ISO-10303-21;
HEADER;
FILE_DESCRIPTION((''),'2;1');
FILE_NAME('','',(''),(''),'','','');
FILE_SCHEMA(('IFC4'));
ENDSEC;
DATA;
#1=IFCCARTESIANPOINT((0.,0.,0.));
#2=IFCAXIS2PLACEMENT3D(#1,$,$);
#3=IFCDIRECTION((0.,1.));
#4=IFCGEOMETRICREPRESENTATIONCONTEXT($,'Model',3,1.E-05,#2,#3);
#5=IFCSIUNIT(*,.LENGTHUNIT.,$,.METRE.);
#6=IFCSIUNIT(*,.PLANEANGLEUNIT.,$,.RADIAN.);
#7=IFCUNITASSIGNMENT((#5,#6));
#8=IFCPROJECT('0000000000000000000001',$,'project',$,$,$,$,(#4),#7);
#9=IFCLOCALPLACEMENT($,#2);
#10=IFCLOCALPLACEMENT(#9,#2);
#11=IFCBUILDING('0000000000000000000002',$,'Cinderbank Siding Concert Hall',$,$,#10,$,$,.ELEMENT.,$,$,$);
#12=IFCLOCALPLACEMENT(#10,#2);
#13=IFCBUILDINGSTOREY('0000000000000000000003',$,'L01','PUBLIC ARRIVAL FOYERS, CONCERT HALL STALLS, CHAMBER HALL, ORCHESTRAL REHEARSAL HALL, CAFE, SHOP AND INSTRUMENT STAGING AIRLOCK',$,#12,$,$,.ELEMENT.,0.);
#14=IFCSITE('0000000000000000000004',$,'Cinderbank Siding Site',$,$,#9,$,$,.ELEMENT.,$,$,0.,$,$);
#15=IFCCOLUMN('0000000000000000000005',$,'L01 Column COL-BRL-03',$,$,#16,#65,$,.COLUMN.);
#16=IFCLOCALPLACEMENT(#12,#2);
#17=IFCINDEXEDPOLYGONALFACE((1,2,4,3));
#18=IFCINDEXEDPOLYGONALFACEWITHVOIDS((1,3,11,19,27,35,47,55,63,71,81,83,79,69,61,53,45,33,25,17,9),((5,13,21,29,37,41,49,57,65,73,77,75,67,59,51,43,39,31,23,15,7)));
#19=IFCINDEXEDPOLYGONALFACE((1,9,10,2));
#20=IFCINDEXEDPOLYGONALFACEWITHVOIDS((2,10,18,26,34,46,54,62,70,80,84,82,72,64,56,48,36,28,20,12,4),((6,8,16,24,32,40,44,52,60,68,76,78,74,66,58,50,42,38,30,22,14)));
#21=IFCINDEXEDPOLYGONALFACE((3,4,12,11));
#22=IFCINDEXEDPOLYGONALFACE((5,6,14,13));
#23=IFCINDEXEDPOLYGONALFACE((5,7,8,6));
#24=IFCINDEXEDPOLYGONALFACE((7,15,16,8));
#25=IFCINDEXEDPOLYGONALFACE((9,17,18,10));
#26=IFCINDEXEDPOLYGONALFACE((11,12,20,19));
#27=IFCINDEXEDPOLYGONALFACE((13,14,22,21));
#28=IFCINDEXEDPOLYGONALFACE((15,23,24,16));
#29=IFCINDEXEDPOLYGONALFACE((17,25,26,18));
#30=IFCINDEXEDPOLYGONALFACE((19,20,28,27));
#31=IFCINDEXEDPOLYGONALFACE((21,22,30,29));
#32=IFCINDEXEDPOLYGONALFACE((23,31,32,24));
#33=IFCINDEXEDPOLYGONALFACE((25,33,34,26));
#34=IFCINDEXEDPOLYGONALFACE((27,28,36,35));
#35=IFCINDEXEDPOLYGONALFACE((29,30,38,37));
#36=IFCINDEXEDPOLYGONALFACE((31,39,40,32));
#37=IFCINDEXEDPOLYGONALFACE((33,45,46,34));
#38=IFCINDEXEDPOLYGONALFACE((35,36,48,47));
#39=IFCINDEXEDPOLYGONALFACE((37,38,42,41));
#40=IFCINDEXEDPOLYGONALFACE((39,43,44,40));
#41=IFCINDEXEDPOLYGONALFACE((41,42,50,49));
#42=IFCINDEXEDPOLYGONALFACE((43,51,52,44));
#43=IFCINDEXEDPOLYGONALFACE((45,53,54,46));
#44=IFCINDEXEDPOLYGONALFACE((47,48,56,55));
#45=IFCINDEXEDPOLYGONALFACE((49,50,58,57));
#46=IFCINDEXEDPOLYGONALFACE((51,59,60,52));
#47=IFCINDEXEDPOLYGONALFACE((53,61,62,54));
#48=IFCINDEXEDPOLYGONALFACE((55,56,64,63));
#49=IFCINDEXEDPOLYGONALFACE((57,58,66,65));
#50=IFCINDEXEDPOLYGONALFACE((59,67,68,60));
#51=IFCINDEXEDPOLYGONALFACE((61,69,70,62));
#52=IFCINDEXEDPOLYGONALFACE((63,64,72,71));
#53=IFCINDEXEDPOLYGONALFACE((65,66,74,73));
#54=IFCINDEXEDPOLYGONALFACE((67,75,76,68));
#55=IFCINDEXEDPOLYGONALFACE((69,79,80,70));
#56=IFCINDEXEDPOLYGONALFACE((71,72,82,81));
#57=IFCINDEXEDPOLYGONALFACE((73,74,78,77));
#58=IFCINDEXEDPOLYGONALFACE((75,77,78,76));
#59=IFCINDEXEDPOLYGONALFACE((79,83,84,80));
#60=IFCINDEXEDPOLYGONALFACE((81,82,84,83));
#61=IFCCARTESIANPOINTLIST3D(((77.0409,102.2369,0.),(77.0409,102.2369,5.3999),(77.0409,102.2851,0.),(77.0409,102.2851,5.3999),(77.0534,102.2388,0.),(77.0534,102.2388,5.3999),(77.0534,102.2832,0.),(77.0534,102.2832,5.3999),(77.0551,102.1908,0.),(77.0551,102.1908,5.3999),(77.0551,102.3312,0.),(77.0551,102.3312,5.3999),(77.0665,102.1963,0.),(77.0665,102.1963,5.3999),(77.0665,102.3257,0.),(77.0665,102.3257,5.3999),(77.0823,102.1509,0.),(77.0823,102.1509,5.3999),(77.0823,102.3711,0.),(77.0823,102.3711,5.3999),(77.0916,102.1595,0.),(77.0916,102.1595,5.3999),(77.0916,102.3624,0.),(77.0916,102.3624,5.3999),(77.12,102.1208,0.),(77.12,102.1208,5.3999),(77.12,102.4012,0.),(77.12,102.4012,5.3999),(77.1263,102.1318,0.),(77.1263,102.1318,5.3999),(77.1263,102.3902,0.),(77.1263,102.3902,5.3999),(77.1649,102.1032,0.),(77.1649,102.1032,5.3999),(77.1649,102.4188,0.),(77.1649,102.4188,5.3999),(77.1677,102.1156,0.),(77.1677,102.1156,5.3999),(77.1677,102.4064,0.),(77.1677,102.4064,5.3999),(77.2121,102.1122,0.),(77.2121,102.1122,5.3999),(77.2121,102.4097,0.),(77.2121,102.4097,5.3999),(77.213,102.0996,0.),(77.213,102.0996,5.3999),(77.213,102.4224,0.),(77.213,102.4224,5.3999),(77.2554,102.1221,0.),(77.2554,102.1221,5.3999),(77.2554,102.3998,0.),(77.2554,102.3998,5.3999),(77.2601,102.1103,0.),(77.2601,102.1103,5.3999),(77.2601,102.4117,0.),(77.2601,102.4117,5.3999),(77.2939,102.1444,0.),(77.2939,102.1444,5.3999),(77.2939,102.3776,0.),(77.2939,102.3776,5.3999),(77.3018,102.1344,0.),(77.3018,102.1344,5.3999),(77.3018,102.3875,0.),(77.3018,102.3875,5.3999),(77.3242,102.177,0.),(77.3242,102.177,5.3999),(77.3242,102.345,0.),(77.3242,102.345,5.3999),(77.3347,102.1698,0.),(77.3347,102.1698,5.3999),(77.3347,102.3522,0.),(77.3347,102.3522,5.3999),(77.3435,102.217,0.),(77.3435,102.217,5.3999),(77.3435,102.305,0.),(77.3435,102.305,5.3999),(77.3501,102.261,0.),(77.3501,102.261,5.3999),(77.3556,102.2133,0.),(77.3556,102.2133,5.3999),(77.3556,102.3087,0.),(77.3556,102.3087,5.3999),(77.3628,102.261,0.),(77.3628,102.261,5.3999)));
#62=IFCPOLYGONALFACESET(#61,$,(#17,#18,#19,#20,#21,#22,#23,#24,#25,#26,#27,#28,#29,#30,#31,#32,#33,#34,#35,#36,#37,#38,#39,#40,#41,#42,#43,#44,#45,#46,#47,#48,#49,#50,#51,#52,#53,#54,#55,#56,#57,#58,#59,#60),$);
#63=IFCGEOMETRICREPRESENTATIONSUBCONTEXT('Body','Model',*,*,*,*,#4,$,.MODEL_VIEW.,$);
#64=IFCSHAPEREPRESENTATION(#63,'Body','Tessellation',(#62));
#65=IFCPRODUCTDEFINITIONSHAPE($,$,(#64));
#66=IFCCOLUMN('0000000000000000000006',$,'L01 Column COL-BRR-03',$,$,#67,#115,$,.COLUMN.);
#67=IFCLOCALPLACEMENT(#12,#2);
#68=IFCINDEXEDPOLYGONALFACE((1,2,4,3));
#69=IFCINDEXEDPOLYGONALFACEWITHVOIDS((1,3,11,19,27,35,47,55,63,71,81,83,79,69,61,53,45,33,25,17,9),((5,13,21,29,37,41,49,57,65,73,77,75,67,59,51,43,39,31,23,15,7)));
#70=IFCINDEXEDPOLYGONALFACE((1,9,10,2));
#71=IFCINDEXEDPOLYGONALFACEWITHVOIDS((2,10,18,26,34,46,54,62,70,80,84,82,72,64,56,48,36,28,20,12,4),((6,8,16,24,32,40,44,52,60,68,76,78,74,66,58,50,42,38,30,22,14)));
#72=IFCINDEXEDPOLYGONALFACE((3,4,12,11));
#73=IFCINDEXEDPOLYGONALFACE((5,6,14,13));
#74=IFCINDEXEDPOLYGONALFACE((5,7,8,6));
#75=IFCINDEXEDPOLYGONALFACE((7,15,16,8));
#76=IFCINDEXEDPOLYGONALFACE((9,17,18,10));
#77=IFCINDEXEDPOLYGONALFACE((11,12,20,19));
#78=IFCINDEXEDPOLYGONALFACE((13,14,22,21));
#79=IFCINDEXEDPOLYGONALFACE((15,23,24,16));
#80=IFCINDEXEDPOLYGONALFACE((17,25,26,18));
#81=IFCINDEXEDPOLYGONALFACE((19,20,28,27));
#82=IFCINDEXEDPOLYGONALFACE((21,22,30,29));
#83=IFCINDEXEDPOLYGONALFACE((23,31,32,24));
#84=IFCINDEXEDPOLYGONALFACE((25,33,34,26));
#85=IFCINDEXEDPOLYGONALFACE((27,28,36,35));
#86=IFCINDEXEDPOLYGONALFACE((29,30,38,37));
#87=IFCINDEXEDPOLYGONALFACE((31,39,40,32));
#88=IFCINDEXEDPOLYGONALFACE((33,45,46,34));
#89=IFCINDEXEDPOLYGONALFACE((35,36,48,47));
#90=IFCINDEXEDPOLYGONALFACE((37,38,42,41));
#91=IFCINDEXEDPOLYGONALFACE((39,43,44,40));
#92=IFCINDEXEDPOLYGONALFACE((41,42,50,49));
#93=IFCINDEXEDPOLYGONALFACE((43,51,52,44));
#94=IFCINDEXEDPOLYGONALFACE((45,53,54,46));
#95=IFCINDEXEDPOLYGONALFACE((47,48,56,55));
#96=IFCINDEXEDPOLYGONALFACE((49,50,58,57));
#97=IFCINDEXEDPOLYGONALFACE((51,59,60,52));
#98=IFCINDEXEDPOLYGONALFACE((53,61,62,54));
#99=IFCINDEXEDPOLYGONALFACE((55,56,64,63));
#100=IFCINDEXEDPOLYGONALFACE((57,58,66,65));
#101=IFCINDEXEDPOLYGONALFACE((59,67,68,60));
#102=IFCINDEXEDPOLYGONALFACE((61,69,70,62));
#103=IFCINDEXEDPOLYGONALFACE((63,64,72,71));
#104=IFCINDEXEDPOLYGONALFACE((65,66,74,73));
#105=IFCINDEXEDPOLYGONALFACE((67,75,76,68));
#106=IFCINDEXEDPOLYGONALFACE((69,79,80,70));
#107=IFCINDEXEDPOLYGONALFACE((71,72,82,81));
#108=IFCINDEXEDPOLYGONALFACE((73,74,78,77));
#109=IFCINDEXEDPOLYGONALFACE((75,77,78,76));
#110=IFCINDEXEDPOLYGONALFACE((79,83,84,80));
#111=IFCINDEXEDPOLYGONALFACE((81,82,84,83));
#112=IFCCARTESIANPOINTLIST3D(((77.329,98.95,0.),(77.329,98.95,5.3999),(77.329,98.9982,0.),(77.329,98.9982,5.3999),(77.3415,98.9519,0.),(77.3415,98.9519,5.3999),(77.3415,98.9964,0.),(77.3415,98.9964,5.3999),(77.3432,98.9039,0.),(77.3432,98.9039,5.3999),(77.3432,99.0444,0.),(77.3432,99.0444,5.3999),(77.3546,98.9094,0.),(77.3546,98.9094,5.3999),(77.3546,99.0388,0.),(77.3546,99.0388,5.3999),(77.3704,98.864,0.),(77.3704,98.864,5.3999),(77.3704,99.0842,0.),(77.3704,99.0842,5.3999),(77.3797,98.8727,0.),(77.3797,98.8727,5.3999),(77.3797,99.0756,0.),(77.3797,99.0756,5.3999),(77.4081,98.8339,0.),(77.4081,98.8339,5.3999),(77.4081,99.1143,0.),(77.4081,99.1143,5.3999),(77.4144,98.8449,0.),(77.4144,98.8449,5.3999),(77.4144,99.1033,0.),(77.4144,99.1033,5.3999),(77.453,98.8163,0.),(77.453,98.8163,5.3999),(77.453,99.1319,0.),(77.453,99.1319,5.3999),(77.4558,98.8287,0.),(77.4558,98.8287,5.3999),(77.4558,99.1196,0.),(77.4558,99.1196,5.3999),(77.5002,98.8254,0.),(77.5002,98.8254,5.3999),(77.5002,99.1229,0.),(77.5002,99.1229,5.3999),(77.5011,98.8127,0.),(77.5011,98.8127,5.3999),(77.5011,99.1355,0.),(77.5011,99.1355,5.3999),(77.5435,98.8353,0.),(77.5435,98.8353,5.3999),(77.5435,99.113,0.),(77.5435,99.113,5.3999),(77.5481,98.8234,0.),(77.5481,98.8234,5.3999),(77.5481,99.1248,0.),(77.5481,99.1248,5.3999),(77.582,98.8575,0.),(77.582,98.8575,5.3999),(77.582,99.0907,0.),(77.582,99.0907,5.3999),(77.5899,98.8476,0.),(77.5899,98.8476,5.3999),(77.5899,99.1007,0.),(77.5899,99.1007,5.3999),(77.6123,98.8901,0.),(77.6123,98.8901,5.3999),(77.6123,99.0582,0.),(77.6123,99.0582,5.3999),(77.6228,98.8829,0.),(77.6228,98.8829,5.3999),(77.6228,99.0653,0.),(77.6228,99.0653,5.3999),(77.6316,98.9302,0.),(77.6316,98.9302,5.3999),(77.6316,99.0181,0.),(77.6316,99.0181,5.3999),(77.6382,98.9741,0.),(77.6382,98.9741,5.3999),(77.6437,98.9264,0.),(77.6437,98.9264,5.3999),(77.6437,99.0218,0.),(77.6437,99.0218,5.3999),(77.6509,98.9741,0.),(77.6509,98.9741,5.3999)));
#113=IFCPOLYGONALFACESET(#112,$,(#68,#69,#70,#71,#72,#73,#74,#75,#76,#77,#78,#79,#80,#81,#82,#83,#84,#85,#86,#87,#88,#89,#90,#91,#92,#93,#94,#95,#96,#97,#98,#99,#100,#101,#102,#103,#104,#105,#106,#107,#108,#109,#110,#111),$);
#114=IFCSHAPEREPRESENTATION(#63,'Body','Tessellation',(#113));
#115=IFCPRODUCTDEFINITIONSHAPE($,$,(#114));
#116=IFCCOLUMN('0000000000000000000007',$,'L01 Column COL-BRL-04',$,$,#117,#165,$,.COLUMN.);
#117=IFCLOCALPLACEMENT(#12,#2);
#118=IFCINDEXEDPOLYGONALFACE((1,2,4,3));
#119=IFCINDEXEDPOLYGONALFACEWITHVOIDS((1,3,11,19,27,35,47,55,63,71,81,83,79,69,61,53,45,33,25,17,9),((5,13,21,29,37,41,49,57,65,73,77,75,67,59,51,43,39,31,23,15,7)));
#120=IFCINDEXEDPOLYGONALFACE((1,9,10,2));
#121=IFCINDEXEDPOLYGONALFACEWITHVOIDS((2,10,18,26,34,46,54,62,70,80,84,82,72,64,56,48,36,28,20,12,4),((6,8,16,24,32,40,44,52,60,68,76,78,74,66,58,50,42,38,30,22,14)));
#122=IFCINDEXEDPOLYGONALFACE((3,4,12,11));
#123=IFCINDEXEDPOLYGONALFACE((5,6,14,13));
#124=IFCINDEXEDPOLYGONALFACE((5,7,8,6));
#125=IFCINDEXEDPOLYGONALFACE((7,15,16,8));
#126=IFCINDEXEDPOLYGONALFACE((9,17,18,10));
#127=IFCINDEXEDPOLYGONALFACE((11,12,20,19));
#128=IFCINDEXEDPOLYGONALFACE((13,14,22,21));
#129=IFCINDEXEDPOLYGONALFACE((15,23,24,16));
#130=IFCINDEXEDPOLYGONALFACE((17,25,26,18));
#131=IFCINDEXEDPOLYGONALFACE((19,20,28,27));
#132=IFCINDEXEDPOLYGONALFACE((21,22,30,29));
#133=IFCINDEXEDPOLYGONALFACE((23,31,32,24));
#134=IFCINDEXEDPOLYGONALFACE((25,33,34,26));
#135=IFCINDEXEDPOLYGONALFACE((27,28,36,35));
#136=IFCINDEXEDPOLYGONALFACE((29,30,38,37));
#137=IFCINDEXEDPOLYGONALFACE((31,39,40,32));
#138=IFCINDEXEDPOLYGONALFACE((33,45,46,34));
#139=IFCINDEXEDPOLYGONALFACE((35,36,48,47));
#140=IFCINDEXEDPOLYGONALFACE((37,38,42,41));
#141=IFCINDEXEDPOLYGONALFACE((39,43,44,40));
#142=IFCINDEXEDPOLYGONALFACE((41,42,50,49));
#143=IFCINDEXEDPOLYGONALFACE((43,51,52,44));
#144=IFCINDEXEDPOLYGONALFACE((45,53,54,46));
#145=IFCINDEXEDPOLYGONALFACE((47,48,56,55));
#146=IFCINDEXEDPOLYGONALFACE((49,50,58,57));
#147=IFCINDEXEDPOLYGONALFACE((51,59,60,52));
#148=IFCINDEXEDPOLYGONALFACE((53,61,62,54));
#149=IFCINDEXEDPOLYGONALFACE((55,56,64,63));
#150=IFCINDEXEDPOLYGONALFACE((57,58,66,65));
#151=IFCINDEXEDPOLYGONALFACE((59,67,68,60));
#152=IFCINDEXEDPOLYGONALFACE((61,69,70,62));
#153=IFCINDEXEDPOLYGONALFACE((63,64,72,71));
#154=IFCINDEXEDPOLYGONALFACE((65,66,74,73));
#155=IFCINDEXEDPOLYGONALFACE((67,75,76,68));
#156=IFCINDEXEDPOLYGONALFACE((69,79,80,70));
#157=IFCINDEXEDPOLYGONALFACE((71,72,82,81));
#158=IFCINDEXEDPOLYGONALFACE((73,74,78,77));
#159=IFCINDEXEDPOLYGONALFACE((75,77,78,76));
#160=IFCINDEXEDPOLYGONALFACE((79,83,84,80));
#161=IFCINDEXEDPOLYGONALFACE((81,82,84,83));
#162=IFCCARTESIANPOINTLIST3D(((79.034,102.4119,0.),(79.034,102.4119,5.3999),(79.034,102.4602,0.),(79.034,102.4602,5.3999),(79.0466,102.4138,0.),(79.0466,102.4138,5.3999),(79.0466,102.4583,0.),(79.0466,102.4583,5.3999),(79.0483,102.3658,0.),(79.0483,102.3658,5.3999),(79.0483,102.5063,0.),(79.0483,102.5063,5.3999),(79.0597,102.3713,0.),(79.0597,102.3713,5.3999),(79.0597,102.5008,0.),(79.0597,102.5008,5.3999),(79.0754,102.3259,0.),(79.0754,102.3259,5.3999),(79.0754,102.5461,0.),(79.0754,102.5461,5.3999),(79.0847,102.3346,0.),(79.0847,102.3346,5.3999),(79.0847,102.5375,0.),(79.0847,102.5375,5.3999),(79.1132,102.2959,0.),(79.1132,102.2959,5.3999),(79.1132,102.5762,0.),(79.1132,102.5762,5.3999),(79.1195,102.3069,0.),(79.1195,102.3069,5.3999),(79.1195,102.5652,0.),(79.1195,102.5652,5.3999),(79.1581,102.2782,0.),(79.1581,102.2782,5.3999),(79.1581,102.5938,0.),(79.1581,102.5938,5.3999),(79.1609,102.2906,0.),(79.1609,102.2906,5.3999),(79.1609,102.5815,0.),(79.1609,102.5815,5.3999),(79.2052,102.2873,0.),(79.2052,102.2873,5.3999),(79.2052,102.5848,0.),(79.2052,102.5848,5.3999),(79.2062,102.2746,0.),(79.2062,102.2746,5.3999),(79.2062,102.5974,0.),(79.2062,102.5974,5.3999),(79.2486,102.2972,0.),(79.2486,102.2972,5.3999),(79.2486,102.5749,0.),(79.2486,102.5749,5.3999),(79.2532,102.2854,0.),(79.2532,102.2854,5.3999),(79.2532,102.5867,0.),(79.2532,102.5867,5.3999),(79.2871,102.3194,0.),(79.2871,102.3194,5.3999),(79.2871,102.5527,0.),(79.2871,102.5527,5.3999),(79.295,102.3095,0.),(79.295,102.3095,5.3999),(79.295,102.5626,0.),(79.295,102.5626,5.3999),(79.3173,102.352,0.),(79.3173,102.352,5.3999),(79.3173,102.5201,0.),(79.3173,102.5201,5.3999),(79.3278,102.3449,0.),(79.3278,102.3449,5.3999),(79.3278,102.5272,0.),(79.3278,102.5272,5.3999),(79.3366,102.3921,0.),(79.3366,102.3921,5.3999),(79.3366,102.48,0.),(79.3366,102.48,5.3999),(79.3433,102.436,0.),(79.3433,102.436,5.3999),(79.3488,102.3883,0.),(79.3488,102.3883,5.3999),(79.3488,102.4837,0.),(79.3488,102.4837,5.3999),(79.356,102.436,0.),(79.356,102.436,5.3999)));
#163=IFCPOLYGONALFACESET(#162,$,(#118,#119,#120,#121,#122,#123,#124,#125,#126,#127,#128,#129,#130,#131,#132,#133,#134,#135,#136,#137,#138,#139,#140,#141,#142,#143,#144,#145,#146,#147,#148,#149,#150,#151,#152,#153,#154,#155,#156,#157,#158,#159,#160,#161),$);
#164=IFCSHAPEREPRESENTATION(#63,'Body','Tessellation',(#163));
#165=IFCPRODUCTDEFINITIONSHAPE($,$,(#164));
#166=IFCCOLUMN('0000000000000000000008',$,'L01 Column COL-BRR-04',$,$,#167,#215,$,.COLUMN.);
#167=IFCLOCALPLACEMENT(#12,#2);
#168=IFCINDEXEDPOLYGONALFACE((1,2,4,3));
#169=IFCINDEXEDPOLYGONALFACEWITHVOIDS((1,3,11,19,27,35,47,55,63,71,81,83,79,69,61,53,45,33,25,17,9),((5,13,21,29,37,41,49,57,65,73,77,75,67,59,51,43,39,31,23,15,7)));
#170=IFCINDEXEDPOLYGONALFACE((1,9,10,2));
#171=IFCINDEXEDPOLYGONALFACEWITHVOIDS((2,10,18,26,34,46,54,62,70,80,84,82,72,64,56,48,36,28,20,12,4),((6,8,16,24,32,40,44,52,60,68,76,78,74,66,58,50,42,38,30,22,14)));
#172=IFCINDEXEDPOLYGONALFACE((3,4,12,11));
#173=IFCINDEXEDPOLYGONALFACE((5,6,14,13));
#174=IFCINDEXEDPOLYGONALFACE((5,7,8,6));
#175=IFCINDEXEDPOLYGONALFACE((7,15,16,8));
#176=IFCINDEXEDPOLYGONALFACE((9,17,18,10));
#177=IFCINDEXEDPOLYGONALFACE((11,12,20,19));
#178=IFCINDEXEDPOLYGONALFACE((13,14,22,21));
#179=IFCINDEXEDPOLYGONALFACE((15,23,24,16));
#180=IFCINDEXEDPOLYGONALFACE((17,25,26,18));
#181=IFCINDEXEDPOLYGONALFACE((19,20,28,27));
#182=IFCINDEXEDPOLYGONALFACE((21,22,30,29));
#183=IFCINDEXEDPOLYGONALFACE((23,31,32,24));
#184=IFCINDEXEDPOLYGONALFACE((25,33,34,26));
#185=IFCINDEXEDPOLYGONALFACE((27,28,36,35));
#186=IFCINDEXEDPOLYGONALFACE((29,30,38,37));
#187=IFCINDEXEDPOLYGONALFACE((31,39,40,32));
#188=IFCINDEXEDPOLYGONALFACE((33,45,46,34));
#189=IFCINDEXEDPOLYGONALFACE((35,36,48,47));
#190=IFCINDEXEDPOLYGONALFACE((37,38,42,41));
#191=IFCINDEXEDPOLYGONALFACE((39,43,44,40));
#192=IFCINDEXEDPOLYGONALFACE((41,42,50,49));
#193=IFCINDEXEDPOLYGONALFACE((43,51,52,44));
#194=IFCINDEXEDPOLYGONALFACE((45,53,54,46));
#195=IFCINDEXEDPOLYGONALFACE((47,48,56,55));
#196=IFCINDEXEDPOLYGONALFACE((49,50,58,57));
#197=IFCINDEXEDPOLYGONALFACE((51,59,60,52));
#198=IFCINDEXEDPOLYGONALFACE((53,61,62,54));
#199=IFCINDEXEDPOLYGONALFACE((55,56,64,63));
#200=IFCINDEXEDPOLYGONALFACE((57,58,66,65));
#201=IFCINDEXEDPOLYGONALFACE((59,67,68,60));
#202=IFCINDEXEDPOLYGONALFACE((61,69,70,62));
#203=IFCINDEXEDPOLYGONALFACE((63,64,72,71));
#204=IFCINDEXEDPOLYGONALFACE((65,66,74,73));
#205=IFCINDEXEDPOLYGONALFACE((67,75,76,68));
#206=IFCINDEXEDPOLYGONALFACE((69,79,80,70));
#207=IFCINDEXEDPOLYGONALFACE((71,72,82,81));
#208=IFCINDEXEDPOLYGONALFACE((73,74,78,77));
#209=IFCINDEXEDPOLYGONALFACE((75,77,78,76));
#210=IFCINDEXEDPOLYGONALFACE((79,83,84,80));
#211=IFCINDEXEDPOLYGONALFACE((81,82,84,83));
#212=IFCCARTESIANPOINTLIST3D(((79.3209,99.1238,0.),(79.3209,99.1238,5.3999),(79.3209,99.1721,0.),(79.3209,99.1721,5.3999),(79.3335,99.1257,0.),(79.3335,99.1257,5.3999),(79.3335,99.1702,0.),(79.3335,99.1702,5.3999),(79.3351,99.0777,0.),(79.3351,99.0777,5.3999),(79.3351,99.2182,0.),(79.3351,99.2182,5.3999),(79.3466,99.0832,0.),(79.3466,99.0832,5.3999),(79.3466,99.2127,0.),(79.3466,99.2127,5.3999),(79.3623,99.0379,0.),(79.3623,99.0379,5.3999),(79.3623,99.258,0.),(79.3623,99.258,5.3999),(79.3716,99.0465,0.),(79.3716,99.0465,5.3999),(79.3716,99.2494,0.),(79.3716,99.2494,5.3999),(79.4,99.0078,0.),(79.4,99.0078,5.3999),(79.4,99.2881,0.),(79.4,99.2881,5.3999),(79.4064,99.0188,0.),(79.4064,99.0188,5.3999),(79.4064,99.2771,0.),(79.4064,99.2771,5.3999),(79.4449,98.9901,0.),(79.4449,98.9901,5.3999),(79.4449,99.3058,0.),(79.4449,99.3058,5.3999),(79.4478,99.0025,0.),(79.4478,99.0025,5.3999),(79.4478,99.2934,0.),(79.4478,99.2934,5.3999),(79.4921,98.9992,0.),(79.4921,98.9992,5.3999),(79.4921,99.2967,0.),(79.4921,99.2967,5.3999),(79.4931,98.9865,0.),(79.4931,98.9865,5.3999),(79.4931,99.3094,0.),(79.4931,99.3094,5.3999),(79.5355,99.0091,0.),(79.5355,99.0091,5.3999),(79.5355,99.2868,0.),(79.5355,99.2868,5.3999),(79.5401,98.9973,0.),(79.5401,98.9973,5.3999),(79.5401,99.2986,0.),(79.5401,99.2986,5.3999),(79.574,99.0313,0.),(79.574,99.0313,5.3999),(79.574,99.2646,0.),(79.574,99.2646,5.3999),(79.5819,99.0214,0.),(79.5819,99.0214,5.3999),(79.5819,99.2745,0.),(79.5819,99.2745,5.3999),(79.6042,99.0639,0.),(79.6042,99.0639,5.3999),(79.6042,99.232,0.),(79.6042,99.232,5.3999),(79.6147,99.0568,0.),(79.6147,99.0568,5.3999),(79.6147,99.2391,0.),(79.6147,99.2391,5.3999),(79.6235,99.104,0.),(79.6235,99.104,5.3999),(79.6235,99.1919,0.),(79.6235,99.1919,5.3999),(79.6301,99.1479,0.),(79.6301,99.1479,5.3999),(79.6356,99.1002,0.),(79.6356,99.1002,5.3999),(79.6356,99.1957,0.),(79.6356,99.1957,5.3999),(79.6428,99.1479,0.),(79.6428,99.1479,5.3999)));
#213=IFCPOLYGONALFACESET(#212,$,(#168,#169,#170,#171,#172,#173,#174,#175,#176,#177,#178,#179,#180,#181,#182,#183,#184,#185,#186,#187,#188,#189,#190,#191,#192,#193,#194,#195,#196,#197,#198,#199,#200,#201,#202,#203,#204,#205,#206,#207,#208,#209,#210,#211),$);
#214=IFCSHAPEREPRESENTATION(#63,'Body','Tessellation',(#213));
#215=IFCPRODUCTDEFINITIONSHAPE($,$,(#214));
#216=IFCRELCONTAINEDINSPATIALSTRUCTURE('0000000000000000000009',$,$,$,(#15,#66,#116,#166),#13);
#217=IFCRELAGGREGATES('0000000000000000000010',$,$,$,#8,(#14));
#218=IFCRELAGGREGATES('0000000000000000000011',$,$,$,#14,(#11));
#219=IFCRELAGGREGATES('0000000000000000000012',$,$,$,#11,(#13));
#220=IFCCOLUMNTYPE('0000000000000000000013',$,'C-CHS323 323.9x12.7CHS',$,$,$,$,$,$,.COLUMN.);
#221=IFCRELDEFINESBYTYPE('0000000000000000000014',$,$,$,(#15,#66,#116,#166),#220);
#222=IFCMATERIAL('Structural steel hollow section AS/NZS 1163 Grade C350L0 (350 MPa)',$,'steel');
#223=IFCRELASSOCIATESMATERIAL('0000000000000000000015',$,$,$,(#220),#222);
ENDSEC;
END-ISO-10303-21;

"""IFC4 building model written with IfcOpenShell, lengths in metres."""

from ifc_helpers import new_model, si_unit, direction, frame, origin, origin_2d, place, context, subcontext, project, spatial, hollow_circle, extrude, material, material_profile, profile_set, type_object, element, save


model = new_model("IFC4")

# Units and contexts
model_context = context("Model", 3, precision=1e-05, world=origin(), true_north=direction((0.0, 1.0)))
body_context = subcontext(model_context, "Body", "Model", "MODEL_VIEW")
ifc_project = project(units=[si_unit("LENGTHUNIT", "METRE"), si_unit("PLANEANGLEUNIT", "RADIAN")], contexts=[model_context])

# Site, building, storey
site_placement = place(None, origin())
site = spatial("IfcSite", under=ifc_project, at=site_placement, Name="Cinderbank Siding Site", CompositionType="ELEMENT", RefElevation=0.0)
building_placement = place(site_placement, origin())
building = spatial("IfcBuilding", under=site, at=building_placement, Name="Cinderbank Siding Concert Hall", CompositionType="ELEMENT")
storey_placement = place(building_placement, origin())
storey = spatial("IfcBuildingStorey", under=building, at=storey_placement, Name="L01", Description="PUBLIC ARRIVAL FOYERS, CONCERT HALL STALLS, CHAMBER HALL, ORCHESTRAL REHEARSAL HALL, CAFE, SHOP AND INSTRUMENT STAGING AIRLOCK", CompositionType="ELEMENT", Elevation=0.0)

# Columns
ifc_material_1 = material(Name="Structural steel hollow section AS/NZS 1163 Grade C350L0 (350 MPa)", Category="steel")
ifc_material_profile_1 = material_profile(ifc_material_1, hollow_circle(Radius=0.1619, WallThickness=0.0127, at=origin_2d()), Name="323.9x12.7CHS", Category="LoadBearing")
ifc_profile_set_1 = profile_set([ifc_material_profile_1], Name="Structural steel hollow section AS/NZS 1163 Grade C350L0 (350 MPa)")
column_type = type_object("IfcColumnType", Name="C-CHS323 323.9x12.7CHS", PredefinedType="COLUMN", material=ifc_profile_set_1)
for number, where, z_axis, x_axis, name in (
    (1, (77.2009, 102.261, 0.0), (0.0, 0.0, 1.0), (1.0, 0.0, 0.0), "L01 Column COL-BRL-03"),
    (2, (77.489, 98.9741, 0.0), (0.0, 0.0, 1.0), (1.0, 0.0, 0.0), "L01 Column COL-BRR-03"),
    (3, (79.1941, 102.436, 0.0), (0.0, 0.0, 1.0), (1.0, 0.0, 0.0), "L01 Column COL-BRL-04"),
    (4, (79.481, 99.1479, 0.0), (0.0, 0.0, 1.0), (1.0, 0.0, 0.0), "L01 Column COL-BRR-04"),
):
    element("IfcColumn", number, at=place(storey_placement, frame(where, z_axis=z_axis, x_axis=x_axis)), inside=storey, type_object=column_type, Name=name, PredefinedType="COLUMN", context=body_context, shape_type="SweptSolid", body=[
        extrude(hollow_circle(Radius=0.1619, WallThickness=0.0127, at=origin_2d()), origin(), (0.0, 0.0, 1.0), 5.3999),
    ])

save(model, "model.ifc")
